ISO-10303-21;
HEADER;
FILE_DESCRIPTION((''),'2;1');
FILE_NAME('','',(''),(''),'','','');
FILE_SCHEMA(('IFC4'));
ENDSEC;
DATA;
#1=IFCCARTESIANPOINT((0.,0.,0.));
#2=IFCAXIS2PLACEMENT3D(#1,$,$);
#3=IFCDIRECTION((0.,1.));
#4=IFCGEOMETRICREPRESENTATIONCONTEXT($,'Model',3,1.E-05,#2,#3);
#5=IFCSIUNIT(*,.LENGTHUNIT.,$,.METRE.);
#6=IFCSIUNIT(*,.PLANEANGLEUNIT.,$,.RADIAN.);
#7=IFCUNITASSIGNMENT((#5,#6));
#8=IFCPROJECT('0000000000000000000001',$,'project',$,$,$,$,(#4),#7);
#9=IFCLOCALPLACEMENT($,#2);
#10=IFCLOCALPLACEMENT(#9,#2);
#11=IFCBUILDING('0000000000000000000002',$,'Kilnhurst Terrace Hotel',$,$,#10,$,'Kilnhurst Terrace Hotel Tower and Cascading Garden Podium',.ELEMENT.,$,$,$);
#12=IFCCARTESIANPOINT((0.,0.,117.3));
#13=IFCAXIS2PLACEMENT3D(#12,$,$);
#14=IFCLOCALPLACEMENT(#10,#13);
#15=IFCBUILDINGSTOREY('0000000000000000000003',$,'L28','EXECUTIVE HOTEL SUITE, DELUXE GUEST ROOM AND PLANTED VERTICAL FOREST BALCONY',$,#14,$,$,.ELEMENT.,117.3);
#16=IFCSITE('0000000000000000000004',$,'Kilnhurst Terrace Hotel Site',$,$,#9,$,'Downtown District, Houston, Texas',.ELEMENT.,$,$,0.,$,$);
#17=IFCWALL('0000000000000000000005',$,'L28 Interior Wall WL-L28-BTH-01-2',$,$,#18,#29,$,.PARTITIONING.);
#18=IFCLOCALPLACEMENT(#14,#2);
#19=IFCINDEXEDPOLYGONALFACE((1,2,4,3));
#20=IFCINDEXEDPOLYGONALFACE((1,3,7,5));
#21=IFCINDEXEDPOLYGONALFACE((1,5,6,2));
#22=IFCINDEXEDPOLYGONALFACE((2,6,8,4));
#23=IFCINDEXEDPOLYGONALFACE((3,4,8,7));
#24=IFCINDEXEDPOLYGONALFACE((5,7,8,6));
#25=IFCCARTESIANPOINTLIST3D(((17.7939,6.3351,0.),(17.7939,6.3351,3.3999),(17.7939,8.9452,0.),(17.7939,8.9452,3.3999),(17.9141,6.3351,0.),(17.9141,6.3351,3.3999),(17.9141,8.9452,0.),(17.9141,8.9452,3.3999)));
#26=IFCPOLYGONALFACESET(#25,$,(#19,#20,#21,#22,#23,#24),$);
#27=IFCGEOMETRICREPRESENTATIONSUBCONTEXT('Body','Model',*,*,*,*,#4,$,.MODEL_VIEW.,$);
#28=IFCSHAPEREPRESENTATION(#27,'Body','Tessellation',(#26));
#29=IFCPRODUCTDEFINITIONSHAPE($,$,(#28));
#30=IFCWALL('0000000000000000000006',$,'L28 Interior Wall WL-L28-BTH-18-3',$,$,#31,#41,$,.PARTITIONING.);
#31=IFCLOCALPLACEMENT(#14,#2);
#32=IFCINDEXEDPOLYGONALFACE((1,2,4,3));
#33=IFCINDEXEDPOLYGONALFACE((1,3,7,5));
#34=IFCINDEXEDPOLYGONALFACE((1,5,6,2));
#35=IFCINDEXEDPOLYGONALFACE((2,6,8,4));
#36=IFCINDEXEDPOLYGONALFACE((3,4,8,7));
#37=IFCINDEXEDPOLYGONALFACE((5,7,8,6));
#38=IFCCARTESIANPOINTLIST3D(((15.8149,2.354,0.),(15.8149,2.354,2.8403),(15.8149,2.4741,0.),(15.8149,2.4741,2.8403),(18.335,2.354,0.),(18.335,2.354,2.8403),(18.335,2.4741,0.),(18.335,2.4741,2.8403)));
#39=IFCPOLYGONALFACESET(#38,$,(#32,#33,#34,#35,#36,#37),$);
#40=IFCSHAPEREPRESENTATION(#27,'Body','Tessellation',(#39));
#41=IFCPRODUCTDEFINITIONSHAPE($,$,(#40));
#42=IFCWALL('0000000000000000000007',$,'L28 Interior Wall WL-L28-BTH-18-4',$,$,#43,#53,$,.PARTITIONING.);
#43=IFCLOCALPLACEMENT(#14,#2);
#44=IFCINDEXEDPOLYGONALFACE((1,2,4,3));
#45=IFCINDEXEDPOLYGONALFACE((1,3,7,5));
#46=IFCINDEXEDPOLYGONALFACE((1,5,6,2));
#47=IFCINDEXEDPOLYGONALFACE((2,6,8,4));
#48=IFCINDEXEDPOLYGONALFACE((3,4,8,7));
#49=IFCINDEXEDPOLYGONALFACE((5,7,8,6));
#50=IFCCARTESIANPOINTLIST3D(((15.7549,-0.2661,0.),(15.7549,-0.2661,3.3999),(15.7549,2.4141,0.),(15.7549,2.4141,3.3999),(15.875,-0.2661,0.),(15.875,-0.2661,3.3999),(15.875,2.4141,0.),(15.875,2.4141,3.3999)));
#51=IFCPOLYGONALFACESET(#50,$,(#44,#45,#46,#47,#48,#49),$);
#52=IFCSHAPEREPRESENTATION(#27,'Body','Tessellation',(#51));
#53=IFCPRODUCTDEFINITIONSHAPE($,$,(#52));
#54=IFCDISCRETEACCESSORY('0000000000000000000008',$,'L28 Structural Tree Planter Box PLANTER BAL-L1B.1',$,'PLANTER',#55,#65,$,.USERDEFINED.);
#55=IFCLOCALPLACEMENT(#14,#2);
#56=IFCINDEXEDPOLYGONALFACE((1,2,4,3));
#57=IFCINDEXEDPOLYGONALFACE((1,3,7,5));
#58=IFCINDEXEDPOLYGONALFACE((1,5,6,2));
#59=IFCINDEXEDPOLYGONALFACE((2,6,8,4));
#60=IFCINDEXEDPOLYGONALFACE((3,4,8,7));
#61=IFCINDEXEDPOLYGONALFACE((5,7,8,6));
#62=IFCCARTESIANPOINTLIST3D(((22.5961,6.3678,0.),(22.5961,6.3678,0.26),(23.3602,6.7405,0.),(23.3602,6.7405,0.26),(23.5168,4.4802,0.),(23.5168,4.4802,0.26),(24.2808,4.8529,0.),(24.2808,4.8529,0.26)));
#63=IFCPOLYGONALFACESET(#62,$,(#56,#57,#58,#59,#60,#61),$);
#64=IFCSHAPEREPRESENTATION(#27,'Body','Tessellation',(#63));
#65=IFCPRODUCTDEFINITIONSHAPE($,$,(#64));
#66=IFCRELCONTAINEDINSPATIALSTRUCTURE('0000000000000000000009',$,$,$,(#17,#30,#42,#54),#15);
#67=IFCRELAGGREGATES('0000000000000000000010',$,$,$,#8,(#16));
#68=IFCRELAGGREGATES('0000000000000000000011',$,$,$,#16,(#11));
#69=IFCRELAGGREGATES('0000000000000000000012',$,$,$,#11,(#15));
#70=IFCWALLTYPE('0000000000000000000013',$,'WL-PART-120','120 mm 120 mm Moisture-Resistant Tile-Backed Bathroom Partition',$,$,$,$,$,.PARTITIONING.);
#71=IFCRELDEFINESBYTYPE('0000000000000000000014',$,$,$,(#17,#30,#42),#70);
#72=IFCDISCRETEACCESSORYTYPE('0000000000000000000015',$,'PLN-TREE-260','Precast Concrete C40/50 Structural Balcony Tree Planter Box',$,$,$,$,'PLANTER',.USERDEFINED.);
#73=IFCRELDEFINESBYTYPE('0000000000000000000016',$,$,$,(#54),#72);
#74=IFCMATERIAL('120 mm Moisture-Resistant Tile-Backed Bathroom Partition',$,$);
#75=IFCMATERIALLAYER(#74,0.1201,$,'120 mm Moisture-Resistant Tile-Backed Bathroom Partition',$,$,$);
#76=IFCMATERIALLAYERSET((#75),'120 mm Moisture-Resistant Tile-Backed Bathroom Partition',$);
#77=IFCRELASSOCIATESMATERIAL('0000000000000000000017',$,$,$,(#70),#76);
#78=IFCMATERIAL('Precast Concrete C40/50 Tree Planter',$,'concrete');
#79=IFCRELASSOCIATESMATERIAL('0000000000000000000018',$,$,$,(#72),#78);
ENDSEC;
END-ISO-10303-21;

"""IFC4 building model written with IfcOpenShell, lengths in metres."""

from ifc_helpers import new_model, si_unit, direction, frame, frame_2d, origin, origin_2d, place, context, subcontext, project, spatial, rectangle, extrude, material, layer, layer_set, type_object, element, save


model = new_model("IFC4")

# Units and contexts
model_context = context("Model", 3, precision=1e-05, world=origin(), true_north=direction((0.0, 1.0)))
body_context = subcontext(model_context, "Body", "Model", "MODEL_VIEW")
ifc_project = project(units=[si_unit("LENGTHUNIT", "METRE"), si_unit("PLANEANGLEUNIT", "RADIAN")], contexts=[model_context])

# Site, building, storey
site_placement = place(None, origin())
site = spatial("IfcSite", under=ifc_project, at=site_placement, Name="Kilnhurst Terrace Hotel Site", LongName="Downtown District, Houston, Texas", CompositionType="ELEMENT", RefElevation=0.0)
building_placement = place(site_placement, origin())
building = spatial("IfcBuilding", under=site, at=building_placement, Name="Kilnhurst Terrace Hotel", LongName="Kilnhurst Terrace Hotel Tower and Cascading Garden Podium", CompositionType="ELEMENT")
storey_placement = place(building_placement, frame((0.0, 0.0, 117.3)))
storey = spatial("IfcBuildingStorey", under=building, at=storey_placement, Name="L28", Description="EXECUTIVE HOTEL SUITE, DELUXE GUEST ROOM AND PLANTED VERTICAL FOREST BALCONY", CompositionType="ELEMENT", Elevation=117.3)

# Shared definitions
ifc_material_1 = material(Name="120 mm Moisture-Resistant Tile-Backed Bathroom Partition")
ifc_layer_1 = layer(ifc_material_1, 0.1201, Name="120 mm Moisture-Resistant Tile-Backed Bathroom Partition")
ifc_layer_set_1 = layer_set([ifc_layer_1], Name="120 mm Moisture-Resistant Tile-Backed Bathroom Partition")
wall_type_1 = type_object("IfcWallType", Name="WL-PART-120", Description="120 mm 120 mm Moisture-Resistant Tile-Backed Bathroom Partition", PredefinedType="PARTITIONING", material=ifc_layer_set_1)

# Walls
wall_1_placement = place(storey_placement, frame((17.854, 6.335, 0.0), z_axis=(0.0, 0.0, 1.0), x_axis=(0.0, 1.0, 0.0)))
element("IfcWall", 1, at=wall_1_placement, inside=storey, type_object=wall_type_1, Name="L28 Interior Wall WL-L28-BTH-01-2", PredefinedType="PARTITIONING", context=body_context, shape_type="SweptSolid", body=[
    extrude(rectangle(XDim=2.6101, YDim=0.1201, at=frame_2d((1.3052, 0.0))), origin(), (0.0, 0.0, 1.0), 3.3999),
])
wall_2_placement = place(storey_placement, frame((18.335, 2.4141, 0.0), z_axis=(0.0, 0.0, 1.0), x_axis=(-1.0, 0.0, 0.0)))
element("IfcWall", 2, at=wall_2_placement, inside=storey, type_object=wall_type_1, Name="L28 Interior Wall WL-L28-BTH-18-3", PredefinedType="PARTITIONING", context=body_context, shape_type="SweptSolid", body=[
    extrude(rectangle(XDim=2.52, YDim=0.1201, at=frame_2d((1.26, 0.0))), origin(), (0.0, 0.0, 1.0), 2.8403),
])
wall_3_placement = place(storey_placement, frame((15.8149, 2.4141, 0.0), z_axis=(0.0, 0.0, 1.0), x_axis=(0.0, -1.0, 0.0)))
element("IfcWall", 3, at=wall_3_placement, inside=storey, type_object=wall_type_1, Name="L28 Interior Wall WL-L28-BTH-18-4", PredefinedType="PARTITIONING", context=body_context, shape_type="SweptSolid", body=[
    extrude(rectangle(XDim=2.6802, YDim=0.1201, at=frame_2d((1.3401, 0.0))), origin(), (0.0, 0.0, 1.0), 3.3999),
])

# Discrete accessory
ifc_material_2 = material(Name="Precast Concrete C40/50 Tree Planter", Category="concrete")
discrete_accessory_type = type_object("IfcDiscreteAccessoryType", Name="PLN-TREE-260", Description="Precast Concrete C40/50 Structural Balcony Tree Planter Box", ElementType="PLANTER", PredefinedType="USERDEFINED", material=ifc_material_2)
discrete_accessory_placement = place(storey_placement, frame((23.4385, 5.6104, 0.0), z_axis=(0.0, 0.0, 1.0), x_axis=(-0.438387, 0.898786, 0.0)))
element("IfcDiscreteAccessory", 4, at=discrete_accessory_placement, inside=storey, type_object=discrete_accessory_type, Name="L28 Structural Tree Planter Box PLANTER BAL-L1B.1", ObjectType="PLANTER", PredefinedType="USERDEFINED", context=body_context, shape_type="SweptSolid", body=[
    extrude(rectangle(XDim=2.1001, YDim=0.8501, at=origin_2d()), origin(), (0.0, 0.0, 1.0), 0.26),
])

save(model, "model.ifc")
